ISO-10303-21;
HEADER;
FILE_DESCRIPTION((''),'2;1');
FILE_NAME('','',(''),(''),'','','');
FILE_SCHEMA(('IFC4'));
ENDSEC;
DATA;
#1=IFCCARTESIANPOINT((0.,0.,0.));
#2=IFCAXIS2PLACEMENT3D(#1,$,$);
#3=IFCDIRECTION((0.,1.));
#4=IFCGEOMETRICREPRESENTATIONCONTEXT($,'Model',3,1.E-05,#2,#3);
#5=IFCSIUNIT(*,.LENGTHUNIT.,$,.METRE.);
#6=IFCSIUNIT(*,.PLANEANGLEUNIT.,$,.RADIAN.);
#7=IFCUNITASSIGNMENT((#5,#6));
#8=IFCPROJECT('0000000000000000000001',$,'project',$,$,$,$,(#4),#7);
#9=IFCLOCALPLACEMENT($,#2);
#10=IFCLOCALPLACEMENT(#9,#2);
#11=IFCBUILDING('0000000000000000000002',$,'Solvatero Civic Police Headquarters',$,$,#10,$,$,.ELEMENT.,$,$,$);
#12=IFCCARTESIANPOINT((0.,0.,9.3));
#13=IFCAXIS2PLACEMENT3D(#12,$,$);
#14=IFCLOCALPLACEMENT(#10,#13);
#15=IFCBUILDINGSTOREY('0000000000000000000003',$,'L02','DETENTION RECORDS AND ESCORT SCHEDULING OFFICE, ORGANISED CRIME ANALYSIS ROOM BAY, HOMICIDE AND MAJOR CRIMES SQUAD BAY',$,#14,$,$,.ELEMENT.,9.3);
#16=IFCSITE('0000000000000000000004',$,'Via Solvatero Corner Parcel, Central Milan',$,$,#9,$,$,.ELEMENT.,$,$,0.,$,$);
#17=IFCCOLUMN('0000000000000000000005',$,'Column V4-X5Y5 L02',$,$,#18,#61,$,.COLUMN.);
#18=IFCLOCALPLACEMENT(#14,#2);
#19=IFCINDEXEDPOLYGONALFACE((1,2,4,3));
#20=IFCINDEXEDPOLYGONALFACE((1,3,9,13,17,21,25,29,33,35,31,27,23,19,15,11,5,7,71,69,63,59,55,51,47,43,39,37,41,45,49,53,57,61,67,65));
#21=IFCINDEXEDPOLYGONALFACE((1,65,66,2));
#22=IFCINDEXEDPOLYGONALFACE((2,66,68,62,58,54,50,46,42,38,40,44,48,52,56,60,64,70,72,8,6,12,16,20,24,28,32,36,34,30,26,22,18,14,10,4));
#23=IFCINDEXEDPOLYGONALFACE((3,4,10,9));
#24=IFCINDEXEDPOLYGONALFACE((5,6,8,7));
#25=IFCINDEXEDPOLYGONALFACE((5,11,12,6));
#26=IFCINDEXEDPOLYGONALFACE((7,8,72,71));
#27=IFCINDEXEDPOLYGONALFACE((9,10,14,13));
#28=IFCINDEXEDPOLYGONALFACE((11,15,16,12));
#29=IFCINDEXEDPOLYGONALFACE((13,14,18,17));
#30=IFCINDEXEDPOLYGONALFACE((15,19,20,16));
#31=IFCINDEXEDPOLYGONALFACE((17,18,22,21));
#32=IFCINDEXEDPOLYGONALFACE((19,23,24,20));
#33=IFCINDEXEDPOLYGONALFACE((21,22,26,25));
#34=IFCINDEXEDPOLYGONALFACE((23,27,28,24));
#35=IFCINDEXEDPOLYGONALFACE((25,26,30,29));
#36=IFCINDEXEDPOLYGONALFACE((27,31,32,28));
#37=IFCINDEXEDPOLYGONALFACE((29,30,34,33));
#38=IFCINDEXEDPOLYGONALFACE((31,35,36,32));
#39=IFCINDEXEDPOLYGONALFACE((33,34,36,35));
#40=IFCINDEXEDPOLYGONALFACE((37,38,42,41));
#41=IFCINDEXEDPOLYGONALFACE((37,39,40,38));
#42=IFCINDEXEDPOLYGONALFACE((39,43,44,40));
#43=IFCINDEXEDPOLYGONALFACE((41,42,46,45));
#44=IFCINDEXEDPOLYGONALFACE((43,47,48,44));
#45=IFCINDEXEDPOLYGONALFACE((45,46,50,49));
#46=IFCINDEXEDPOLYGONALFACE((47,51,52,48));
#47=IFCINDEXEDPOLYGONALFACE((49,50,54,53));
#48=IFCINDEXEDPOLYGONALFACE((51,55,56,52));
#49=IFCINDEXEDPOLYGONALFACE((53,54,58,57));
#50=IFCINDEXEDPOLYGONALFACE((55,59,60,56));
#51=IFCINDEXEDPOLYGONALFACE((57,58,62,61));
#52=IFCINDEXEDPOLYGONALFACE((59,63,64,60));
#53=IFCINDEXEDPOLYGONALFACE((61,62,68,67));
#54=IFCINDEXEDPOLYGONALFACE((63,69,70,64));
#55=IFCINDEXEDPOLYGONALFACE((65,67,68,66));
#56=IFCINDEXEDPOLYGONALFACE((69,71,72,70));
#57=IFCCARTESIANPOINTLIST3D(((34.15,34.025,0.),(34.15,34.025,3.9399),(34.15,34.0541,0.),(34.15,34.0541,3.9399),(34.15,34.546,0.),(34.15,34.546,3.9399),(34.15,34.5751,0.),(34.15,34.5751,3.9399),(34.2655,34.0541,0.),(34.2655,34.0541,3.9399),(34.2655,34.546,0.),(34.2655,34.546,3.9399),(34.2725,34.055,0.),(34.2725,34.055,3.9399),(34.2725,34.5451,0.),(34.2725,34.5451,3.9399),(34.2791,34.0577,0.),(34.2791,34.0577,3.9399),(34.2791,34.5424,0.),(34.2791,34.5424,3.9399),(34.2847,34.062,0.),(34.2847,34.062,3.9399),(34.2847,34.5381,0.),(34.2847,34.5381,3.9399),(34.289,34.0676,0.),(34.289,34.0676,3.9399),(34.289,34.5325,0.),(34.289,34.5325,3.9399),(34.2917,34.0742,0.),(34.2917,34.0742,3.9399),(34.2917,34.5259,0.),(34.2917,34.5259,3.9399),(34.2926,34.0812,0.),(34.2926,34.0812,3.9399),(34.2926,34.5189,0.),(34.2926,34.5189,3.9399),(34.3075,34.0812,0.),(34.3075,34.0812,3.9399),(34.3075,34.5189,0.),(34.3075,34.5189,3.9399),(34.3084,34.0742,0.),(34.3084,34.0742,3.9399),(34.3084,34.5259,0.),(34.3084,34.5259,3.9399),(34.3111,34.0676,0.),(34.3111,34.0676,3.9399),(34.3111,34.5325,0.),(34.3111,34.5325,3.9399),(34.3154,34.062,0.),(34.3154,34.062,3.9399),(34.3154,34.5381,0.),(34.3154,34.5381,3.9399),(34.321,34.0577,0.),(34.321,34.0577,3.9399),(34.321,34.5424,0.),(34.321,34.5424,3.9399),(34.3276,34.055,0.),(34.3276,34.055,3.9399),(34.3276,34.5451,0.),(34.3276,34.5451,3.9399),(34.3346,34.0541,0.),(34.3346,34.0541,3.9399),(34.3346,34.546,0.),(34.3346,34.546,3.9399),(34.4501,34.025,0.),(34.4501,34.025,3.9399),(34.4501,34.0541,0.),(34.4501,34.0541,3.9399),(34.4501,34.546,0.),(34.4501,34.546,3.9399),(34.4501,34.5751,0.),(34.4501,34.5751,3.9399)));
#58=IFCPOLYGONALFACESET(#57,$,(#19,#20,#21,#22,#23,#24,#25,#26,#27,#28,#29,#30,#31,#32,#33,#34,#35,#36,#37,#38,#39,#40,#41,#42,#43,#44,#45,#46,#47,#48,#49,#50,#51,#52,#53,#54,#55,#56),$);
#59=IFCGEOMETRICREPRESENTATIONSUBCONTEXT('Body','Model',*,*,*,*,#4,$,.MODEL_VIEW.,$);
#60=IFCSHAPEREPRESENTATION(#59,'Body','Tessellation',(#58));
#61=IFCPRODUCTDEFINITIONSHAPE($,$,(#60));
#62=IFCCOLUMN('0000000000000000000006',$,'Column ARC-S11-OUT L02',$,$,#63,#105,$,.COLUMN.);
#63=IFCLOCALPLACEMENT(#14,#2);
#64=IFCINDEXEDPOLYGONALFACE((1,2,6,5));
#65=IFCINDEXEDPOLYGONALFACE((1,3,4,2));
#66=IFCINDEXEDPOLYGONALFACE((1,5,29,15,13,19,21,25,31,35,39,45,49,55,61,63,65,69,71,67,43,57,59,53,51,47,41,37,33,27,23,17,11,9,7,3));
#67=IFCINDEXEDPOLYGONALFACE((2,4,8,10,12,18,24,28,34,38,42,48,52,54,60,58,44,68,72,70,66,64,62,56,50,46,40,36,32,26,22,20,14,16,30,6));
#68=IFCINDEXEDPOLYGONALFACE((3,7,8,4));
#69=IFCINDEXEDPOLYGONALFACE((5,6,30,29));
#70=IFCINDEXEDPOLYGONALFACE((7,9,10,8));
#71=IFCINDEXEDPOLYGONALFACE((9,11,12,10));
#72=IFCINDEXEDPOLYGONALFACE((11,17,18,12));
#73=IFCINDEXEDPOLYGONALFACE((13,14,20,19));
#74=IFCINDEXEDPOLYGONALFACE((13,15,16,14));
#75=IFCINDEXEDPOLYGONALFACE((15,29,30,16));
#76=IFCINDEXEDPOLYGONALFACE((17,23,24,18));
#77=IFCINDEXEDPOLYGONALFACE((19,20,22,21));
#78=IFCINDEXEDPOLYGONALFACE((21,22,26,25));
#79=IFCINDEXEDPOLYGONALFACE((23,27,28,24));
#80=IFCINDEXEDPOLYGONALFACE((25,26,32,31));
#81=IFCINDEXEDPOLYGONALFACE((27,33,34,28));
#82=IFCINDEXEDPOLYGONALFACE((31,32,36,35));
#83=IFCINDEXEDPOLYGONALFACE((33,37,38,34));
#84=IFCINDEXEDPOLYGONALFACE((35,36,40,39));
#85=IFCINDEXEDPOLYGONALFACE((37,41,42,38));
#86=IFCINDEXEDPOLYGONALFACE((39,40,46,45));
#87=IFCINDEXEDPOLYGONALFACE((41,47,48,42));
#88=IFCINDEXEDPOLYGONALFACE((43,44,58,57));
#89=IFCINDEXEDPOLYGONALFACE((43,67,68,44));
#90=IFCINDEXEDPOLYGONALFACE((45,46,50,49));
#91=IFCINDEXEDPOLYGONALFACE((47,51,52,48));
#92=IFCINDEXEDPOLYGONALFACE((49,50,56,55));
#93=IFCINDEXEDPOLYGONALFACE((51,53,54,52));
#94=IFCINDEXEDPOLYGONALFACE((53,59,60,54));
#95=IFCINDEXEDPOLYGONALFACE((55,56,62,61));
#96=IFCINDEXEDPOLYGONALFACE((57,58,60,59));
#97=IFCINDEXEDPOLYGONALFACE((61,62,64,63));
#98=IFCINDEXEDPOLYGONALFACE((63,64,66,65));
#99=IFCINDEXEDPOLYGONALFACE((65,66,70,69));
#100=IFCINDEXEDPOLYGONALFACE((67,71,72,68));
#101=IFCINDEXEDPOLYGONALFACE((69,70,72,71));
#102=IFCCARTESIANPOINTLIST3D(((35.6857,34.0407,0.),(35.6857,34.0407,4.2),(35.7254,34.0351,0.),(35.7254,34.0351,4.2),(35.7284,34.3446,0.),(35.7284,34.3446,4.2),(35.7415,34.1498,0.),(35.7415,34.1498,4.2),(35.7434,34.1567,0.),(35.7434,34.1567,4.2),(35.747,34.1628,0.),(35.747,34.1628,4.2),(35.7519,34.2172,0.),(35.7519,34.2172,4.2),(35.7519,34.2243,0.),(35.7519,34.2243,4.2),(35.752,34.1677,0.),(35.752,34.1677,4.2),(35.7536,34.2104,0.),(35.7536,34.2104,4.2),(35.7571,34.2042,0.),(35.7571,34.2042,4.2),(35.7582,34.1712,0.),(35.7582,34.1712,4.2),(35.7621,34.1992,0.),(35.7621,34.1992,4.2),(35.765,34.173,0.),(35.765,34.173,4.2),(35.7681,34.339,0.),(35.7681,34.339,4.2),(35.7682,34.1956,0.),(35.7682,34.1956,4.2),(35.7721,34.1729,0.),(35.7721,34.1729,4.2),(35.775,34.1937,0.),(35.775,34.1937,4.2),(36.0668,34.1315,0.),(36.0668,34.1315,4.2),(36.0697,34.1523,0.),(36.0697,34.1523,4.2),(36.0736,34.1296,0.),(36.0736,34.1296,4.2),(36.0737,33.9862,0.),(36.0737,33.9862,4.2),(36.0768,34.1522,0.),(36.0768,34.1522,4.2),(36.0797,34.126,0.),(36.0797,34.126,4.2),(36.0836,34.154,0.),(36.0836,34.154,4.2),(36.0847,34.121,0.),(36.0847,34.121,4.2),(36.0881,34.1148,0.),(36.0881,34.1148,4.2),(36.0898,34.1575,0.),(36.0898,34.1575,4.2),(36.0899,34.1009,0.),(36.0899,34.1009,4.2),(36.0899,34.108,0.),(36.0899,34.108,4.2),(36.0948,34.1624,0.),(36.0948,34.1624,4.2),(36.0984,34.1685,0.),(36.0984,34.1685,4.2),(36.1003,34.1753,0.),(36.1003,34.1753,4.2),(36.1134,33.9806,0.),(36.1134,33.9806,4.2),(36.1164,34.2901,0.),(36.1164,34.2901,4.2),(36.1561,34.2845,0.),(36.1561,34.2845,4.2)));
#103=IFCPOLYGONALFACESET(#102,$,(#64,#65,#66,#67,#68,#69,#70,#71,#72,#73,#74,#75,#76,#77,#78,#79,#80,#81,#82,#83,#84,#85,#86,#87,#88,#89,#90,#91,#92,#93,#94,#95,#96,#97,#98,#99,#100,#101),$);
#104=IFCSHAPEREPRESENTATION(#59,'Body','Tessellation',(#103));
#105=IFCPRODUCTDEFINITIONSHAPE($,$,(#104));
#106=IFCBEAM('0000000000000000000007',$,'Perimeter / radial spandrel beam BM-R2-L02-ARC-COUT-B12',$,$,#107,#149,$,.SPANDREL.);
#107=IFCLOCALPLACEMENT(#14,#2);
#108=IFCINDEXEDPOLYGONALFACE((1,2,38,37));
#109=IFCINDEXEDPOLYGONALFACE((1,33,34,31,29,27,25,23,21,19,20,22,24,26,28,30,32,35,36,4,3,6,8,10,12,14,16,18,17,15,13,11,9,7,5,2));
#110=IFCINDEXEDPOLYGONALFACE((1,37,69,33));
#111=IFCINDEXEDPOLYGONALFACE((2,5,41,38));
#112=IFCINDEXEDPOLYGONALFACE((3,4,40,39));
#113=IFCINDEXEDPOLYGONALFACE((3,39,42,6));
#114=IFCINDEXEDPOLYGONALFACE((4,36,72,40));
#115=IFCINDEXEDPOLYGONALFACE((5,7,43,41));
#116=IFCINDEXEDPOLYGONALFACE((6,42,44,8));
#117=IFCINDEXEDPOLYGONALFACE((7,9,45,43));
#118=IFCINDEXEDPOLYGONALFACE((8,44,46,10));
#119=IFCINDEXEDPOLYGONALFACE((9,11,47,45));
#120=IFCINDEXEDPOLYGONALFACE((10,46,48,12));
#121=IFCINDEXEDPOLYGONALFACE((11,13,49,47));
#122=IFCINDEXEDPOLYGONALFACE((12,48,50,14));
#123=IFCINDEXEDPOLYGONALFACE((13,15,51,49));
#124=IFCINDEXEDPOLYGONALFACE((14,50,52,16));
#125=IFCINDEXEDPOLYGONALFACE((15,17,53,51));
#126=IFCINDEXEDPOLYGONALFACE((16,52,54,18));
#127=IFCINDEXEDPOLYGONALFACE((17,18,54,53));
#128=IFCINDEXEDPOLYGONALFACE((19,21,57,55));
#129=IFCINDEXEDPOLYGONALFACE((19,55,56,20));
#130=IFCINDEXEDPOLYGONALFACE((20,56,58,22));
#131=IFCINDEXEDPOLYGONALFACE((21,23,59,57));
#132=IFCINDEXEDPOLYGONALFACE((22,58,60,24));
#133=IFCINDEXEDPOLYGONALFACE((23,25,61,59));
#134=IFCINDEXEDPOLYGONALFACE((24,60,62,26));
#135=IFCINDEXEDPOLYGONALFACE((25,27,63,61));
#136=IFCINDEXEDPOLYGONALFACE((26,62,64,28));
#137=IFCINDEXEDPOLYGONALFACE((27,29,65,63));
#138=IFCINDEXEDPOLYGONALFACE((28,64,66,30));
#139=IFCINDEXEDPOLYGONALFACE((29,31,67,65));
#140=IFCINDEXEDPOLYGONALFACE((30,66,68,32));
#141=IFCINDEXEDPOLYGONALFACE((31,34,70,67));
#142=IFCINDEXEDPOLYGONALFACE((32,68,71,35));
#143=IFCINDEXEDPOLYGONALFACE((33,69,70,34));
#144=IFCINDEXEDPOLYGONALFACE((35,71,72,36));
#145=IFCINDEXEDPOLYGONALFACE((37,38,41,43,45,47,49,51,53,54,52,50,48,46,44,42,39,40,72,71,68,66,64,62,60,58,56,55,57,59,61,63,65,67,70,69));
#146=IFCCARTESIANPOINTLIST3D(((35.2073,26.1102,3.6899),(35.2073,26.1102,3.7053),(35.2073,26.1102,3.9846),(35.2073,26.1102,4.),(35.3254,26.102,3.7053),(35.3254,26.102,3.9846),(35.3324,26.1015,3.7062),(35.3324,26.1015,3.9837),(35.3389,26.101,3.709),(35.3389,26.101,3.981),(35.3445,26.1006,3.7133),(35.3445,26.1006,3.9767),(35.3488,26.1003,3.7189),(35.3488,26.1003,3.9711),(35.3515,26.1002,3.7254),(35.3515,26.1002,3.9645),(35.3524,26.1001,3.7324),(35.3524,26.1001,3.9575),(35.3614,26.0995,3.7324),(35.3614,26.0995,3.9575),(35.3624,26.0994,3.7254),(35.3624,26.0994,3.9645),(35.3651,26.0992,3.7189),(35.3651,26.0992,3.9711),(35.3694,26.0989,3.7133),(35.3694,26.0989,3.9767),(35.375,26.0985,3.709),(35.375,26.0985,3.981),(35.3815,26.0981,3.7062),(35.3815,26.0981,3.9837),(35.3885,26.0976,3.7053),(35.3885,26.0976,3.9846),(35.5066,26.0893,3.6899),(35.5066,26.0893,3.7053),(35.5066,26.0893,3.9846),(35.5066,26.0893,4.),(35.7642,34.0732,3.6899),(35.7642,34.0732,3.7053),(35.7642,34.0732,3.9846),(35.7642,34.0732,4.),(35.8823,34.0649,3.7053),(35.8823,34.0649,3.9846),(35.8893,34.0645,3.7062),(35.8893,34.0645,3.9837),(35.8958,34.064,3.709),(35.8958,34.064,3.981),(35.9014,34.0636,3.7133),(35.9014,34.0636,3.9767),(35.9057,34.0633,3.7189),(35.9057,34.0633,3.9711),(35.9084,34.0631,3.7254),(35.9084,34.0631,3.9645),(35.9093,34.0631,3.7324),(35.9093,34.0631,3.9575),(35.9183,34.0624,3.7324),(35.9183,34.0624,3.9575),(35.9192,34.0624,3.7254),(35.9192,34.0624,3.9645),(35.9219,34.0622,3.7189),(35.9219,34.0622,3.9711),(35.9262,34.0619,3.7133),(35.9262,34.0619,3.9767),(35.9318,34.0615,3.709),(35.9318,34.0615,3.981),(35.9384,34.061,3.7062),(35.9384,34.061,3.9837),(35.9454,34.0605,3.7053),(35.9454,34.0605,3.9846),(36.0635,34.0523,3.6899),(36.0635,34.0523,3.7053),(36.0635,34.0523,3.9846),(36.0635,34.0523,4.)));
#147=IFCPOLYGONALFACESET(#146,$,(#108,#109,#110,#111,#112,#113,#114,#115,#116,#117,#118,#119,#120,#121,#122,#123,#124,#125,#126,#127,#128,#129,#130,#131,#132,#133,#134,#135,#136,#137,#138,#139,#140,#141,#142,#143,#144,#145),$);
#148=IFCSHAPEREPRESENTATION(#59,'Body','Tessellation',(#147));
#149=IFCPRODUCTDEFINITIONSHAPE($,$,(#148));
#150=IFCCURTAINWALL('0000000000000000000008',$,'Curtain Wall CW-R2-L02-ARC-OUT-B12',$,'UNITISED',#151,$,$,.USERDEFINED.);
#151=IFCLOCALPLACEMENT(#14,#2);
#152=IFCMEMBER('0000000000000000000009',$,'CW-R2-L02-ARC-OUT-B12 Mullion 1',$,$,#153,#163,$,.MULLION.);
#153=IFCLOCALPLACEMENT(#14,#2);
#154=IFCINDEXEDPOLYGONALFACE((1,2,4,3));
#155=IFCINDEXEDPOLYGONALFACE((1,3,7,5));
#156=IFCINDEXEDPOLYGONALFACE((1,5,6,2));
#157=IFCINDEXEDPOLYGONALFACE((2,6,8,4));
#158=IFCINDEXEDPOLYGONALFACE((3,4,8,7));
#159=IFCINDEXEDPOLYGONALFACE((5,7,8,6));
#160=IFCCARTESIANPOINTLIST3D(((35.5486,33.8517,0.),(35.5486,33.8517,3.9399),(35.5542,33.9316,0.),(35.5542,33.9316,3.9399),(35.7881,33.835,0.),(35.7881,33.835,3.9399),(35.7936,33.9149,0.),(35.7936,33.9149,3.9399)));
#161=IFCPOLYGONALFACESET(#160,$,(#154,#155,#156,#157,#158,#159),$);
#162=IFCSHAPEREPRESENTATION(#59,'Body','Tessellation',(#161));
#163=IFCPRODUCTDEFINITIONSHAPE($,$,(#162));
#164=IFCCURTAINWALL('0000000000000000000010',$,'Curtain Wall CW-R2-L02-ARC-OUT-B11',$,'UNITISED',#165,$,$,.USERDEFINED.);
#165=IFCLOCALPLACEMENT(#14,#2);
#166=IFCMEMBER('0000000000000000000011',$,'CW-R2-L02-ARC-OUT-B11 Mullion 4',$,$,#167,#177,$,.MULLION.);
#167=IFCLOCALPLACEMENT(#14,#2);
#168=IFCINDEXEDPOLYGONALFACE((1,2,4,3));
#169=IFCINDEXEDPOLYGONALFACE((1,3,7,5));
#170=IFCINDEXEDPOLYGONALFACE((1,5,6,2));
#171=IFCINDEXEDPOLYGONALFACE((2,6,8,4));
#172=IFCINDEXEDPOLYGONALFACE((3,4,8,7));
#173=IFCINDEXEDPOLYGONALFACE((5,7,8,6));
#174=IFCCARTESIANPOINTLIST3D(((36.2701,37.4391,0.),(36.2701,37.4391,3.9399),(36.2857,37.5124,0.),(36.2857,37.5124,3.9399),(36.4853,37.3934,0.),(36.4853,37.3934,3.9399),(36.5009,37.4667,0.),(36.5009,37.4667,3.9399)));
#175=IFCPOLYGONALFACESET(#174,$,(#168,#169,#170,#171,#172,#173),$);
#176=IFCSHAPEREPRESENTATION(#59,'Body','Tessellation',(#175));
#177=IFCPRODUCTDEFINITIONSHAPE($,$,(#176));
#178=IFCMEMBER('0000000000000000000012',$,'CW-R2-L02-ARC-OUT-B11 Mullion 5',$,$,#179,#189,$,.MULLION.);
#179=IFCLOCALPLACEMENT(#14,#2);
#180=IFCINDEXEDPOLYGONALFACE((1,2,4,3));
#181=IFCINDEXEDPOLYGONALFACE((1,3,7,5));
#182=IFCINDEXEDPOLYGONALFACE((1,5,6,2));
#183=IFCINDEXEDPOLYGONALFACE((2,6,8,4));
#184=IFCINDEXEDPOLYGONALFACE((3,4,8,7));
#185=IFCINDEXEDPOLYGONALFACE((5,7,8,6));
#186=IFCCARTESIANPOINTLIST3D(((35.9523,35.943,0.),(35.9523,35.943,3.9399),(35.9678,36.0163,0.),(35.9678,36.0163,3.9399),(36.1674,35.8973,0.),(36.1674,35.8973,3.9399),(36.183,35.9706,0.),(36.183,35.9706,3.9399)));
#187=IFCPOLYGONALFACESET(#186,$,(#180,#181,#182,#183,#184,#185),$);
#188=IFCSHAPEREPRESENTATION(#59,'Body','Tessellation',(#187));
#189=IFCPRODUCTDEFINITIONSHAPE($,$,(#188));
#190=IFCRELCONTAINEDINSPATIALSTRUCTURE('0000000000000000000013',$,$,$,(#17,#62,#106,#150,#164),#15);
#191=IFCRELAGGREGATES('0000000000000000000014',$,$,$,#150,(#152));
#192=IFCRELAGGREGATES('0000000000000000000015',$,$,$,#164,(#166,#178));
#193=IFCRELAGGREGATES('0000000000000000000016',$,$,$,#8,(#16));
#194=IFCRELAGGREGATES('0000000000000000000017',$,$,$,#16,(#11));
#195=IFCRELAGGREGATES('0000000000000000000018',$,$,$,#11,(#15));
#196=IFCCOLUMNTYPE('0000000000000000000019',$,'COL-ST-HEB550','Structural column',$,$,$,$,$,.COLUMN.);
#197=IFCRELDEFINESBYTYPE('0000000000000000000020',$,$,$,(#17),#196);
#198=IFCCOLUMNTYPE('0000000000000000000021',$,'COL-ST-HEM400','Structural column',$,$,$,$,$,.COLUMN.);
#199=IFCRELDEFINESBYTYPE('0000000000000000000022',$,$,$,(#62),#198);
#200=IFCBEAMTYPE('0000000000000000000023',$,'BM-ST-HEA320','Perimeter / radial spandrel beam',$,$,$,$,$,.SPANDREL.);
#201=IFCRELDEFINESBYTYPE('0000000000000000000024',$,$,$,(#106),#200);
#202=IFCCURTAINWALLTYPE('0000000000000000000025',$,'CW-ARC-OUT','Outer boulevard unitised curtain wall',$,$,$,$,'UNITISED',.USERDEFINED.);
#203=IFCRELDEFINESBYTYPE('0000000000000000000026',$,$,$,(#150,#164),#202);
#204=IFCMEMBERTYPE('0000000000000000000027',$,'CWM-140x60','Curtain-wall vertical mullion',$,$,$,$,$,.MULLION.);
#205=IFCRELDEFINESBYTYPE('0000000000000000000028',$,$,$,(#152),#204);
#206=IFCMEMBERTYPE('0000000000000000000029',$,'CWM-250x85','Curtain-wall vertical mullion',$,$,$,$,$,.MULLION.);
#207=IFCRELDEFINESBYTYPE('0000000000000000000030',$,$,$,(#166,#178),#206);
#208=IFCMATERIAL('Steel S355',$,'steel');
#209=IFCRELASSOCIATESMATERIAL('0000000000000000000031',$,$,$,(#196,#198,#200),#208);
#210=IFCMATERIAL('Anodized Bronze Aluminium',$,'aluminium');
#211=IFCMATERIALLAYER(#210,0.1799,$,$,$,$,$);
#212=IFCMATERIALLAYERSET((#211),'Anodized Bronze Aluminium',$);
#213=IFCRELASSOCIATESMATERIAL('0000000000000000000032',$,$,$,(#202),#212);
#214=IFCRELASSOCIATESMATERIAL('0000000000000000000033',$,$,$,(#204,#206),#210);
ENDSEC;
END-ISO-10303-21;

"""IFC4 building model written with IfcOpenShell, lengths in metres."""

from ifc_helpers import new_model, si_unit, direction, frame, origin, origin_2d, place, context, subcontext, project, spatial, rectangle, i_section, extrude, material, layer, layer_set, material_profile, profile_set, type_object, element, aggregate, save


model = new_model("IFC4")

# Units and contexts
model_context = context("Model", 3, precision=1e-05, world=origin(), true_north=direction((0.0, 1.0)))
body_context = subcontext(model_context, "Body", "Model", "MODEL_VIEW")
ifc_project = project(units=[si_unit("LENGTHUNIT", "METRE"), si_unit("PLANEANGLEUNIT", "RADIAN")], contexts=[model_context])

# Site, building, storey
site_placement = place(None, origin())
site = spatial("IfcSite", under=ifc_project, at=site_placement, Name="Via Solvatero Corner Parcel, Central Milan", CompositionType="ELEMENT", RefElevation=0.0)
building_placement = place(site_placement, origin())
building = spatial("IfcBuilding", under=site, at=building_placement, Name="Solvatero Civic Police Headquarters", CompositionType="ELEMENT")
storey_placement = place(building_placement, frame((0.0, 0.0, 9.3)))
storey = spatial("IfcBuildingStorey", under=building, at=storey_placement, Name="L02", Description="DETENTION RECORDS AND ESCORT SCHEDULING OFFICE, ORGANISED CRIME ANALYSIS ROOM BAY, HOMICIDE AND MAJOR CRIMES SQUAD BAY", CompositionType="ELEMENT", Elevation=9.3)

# Columns
ifc_material_1 = material(Name="Steel S355", Category="steel")
ifc_material_profile_1 = material_profile(ifc_material_1, i_section(OverallWidth=0.3, OverallDepth=0.55, WebThickness=0.0149, FlangeThickness=0.0291, FilletRadius=0.0271, at=origin_2d()), Name="HEB 550")
ifc_profile_set_1 = profile_set([ifc_material_profile_1], Name="Steel S355")
column_type_1 = type_object("IfcColumnType", Name="COL-ST-HEB550", Description="Structural column", PredefinedType="COLUMN", material=ifc_profile_set_1)
column_1_placement = place(storey_placement, frame((34.3, 34.3, 0.0), z_axis=(0.0, 0.0, 1.0), x_axis=(1.0, 0.0, 0.0)))
element("IfcColumn", 1, at=column_1_placement, inside=storey, type_object=column_type_1, Name="Column V4-X5Y5 L02", PredefinedType="COLUMN", context=body_context, shape_type="SweptSolid", body=[
    extrude(i_section(OverallWidth=0.3, OverallDepth=0.55, WebThickness=0.0149, FlangeThickness=0.0291, FilletRadius=0.0271, at=origin_2d()), origin(), (0.0, 0.0, 1.0), 3.9399),
])
ifc_material_profile_2 = material_profile(ifc_material_1, i_section(OverallWidth=0.3069, OverallDepth=0.4319, WebThickness=0.021, FlangeThickness=0.04, FilletRadius=0.0271, at=origin_2d()), Name="HEM 400")
ifc_profile_set_2 = profile_set([ifc_material_profile_2], Name="Steel S355")
column_type_2 = type_object("IfcColumnType", Name="COL-ST-HEM400", Description="Structural column", PredefinedType="COLUMN", material=ifc_profile_set_2)
column_2_placement = place(storey_placement, frame((35.9209, 34.1626, 0.0), z_axis=(0.0, 0.0, 1.0), x_axis=(0.139173, 0.990268, 0.0)))
element("IfcColumn", 2, at=column_2_placement, inside=storey, type_object=column_type_2, Name="Column ARC-S11-OUT L02", PredefinedType="COLUMN", context=body_context, shape_type="SweptSolid", body=[
    extrude(i_section(OverallWidth=0.3069, OverallDepth=0.4319, WebThickness=0.021, FlangeThickness=0.04, FilletRadius=0.0271, at=origin_2d()), origin(), (0.0, 0.0, 1.0), 4.2),
])

# Beam
ifc_material_profile_3 = material_profile(ifc_material_1, i_section(OverallWidth=0.3, OverallDepth=0.3101, WebThickness=0.009, FlangeThickness=0.0154, FilletRadius=0.0271, at=origin_2d()), Name="HEA 320")
ifc_profile_set_3 = profile_set([ifc_material_profile_3], Name="Steel S355")
beam_type = type_object("IfcBeamType", Name="BM-ST-HEA320", Description="Perimeter / radial spandrel beam", PredefinedType="SPANDREL", material=ifc_profile_set_3)
beam_placement = place(storey_placement, frame((35.9138, 34.0627, 3.845), z_axis=(-0.069765, -0.997563, 0.0), x_axis=(0.997563, -0.069765, 0.0)))
element("IfcBeam", 3, at=beam_placement, inside=storey, type_object=beam_type, Name="Perimeter / radial spandrel beam BM-R2-L02-ARC-COUT-B12", PredefinedType="SPANDREL", context=body_context, shape_type="SweptSolid", body=[
    extrude(i_section(OverallWidth=0.3, OverallDepth=0.3101, WebThickness=0.009, FlangeThickness=0.0154, FilletRadius=0.0271, at=origin_2d()), origin(), (0.0, 0.0, 1.0), 7.9824),
])

# Curtain wall, member
ifc_material_2 = material(Name="Anodized Bronze Aluminium", Category="aluminium")
ifc_layer_1 = layer(ifc_material_2, 0.1799)
ifc_layer_set_1 = layer_set([ifc_layer_1], Name="Anodized Bronze Aluminium")
curtain_wall_type = type_object("IfcCurtainWallType", Name="CW-ARC-OUT", Description="Outer boulevard unitised curtain wall", ElementType="UNITISED", PredefinedType="USERDEFINED", material=ifc_layer_set_1)
curtain_wall_1_placement = place(storey_placement, origin())
curtain_wall_1 = element("IfcCurtainWall", 4, at=curtain_wall_1_placement, inside=storey, type_object=curtain_wall_type, Name="Curtain Wall CW-R2-L02-ARC-OUT-B12", ObjectType="UNITISED", PredefinedType="USERDEFINED")
ifc_material_profile_4 = material_profile(ifc_material_2, rectangle(XDim=0.0801, YDim=0.24, at=origin_2d()), Name="ALU MULLION 80x240")
ifc_profile_set_4 = profile_set([ifc_material_profile_4], Name="Anodized Bronze Aluminium")
member_type_1 = type_object("IfcMemberType", Name="CWM-140x60", Description="Curtain-wall vertical mullion", PredefinedType="MULLION", material=ifc_profile_set_4)
member_1_placement = place(storey_placement, frame((35.6711, 33.8833, 0.0), z_axis=(0.0, 0.0, 1.0), x_axis=(-0.069756, -0.997564, 0.0)))
member_1 = element("IfcMember", 5, at=member_1_placement, type_object=member_type_1, Name="CW-R2-L02-ARC-OUT-B12 Mullion 1", PredefinedType="MULLION", context=body_context, shape_type="SweptSolid", body=[
    extrude(rectangle(XDim=0.0801, YDim=0.24, at=origin_2d()), origin(), (0.0, 0.0, 1.0), 3.9399),
])

# Curtain wall, members
curtain_wall_2_placement = place(storey_placement, origin())
curtain_wall_2 = element("IfcCurtainWall", 6, at=curtain_wall_2_placement, inside=storey, type_object=curtain_wall_type, Name="Curtain Wall CW-R2-L02-ARC-OUT-B11", ObjectType="UNITISED", PredefinedType="USERDEFINED")
ifc_material_profile_5 = material_profile(ifc_material_2, rectangle(XDim=0.075, YDim=0.22, at=origin_2d()), Name="ALU MULLION 75x220")
ifc_profile_set_5 = profile_set([ifc_material_profile_5], Name="Anodized Bronze Aluminium")
member_type_2 = type_object("IfcMemberType", Name="CWM-250x85", Description="Curtain-wall vertical mullion", PredefinedType="MULLION", material=ifc_profile_set_5)
member_2_placement = place(storey_placement, frame((36.3855, 37.4529, 0.0), z_axis=(0.0, 0.0, 1.0), x_axis=(-0.207912, -0.978148, 0.0)))
member_2 = element("IfcMember", 7, at=member_2_placement, type_object=member_type_2, Name="CW-R2-L02-ARC-OUT-B11 Mullion 4", PredefinedType="MULLION", context=body_context, shape_type="SweptSolid", body=[
    extrude(rectangle(XDim=0.075, YDim=0.22, at=origin_2d()), origin(), (0.0, 0.0, 1.0), 3.9399),
])
member_3_placement = place(storey_placement, frame((36.0676, 35.9568, 0.0), z_axis=(0.0, 0.0, 1.0), x_axis=(-0.207912, -0.978148, 0.0)))
member_3 = element("IfcMember", 8, at=member_3_placement, type_object=member_type_2, Name="CW-R2-L02-ARC-OUT-B11 Mullion 5", PredefinedType="MULLION", context=body_context, shape_type="SweptSolid", body=[
    extrude(rectangle(XDim=0.075, YDim=0.22, at=origin_2d()), origin(), (0.0, 0.0, 1.0), 3.9399),
])

aggregate(curtain_wall_1, [member_1])
aggregate(curtain_wall_2, [member_2, member_3])

save(model, "model.ifc")
